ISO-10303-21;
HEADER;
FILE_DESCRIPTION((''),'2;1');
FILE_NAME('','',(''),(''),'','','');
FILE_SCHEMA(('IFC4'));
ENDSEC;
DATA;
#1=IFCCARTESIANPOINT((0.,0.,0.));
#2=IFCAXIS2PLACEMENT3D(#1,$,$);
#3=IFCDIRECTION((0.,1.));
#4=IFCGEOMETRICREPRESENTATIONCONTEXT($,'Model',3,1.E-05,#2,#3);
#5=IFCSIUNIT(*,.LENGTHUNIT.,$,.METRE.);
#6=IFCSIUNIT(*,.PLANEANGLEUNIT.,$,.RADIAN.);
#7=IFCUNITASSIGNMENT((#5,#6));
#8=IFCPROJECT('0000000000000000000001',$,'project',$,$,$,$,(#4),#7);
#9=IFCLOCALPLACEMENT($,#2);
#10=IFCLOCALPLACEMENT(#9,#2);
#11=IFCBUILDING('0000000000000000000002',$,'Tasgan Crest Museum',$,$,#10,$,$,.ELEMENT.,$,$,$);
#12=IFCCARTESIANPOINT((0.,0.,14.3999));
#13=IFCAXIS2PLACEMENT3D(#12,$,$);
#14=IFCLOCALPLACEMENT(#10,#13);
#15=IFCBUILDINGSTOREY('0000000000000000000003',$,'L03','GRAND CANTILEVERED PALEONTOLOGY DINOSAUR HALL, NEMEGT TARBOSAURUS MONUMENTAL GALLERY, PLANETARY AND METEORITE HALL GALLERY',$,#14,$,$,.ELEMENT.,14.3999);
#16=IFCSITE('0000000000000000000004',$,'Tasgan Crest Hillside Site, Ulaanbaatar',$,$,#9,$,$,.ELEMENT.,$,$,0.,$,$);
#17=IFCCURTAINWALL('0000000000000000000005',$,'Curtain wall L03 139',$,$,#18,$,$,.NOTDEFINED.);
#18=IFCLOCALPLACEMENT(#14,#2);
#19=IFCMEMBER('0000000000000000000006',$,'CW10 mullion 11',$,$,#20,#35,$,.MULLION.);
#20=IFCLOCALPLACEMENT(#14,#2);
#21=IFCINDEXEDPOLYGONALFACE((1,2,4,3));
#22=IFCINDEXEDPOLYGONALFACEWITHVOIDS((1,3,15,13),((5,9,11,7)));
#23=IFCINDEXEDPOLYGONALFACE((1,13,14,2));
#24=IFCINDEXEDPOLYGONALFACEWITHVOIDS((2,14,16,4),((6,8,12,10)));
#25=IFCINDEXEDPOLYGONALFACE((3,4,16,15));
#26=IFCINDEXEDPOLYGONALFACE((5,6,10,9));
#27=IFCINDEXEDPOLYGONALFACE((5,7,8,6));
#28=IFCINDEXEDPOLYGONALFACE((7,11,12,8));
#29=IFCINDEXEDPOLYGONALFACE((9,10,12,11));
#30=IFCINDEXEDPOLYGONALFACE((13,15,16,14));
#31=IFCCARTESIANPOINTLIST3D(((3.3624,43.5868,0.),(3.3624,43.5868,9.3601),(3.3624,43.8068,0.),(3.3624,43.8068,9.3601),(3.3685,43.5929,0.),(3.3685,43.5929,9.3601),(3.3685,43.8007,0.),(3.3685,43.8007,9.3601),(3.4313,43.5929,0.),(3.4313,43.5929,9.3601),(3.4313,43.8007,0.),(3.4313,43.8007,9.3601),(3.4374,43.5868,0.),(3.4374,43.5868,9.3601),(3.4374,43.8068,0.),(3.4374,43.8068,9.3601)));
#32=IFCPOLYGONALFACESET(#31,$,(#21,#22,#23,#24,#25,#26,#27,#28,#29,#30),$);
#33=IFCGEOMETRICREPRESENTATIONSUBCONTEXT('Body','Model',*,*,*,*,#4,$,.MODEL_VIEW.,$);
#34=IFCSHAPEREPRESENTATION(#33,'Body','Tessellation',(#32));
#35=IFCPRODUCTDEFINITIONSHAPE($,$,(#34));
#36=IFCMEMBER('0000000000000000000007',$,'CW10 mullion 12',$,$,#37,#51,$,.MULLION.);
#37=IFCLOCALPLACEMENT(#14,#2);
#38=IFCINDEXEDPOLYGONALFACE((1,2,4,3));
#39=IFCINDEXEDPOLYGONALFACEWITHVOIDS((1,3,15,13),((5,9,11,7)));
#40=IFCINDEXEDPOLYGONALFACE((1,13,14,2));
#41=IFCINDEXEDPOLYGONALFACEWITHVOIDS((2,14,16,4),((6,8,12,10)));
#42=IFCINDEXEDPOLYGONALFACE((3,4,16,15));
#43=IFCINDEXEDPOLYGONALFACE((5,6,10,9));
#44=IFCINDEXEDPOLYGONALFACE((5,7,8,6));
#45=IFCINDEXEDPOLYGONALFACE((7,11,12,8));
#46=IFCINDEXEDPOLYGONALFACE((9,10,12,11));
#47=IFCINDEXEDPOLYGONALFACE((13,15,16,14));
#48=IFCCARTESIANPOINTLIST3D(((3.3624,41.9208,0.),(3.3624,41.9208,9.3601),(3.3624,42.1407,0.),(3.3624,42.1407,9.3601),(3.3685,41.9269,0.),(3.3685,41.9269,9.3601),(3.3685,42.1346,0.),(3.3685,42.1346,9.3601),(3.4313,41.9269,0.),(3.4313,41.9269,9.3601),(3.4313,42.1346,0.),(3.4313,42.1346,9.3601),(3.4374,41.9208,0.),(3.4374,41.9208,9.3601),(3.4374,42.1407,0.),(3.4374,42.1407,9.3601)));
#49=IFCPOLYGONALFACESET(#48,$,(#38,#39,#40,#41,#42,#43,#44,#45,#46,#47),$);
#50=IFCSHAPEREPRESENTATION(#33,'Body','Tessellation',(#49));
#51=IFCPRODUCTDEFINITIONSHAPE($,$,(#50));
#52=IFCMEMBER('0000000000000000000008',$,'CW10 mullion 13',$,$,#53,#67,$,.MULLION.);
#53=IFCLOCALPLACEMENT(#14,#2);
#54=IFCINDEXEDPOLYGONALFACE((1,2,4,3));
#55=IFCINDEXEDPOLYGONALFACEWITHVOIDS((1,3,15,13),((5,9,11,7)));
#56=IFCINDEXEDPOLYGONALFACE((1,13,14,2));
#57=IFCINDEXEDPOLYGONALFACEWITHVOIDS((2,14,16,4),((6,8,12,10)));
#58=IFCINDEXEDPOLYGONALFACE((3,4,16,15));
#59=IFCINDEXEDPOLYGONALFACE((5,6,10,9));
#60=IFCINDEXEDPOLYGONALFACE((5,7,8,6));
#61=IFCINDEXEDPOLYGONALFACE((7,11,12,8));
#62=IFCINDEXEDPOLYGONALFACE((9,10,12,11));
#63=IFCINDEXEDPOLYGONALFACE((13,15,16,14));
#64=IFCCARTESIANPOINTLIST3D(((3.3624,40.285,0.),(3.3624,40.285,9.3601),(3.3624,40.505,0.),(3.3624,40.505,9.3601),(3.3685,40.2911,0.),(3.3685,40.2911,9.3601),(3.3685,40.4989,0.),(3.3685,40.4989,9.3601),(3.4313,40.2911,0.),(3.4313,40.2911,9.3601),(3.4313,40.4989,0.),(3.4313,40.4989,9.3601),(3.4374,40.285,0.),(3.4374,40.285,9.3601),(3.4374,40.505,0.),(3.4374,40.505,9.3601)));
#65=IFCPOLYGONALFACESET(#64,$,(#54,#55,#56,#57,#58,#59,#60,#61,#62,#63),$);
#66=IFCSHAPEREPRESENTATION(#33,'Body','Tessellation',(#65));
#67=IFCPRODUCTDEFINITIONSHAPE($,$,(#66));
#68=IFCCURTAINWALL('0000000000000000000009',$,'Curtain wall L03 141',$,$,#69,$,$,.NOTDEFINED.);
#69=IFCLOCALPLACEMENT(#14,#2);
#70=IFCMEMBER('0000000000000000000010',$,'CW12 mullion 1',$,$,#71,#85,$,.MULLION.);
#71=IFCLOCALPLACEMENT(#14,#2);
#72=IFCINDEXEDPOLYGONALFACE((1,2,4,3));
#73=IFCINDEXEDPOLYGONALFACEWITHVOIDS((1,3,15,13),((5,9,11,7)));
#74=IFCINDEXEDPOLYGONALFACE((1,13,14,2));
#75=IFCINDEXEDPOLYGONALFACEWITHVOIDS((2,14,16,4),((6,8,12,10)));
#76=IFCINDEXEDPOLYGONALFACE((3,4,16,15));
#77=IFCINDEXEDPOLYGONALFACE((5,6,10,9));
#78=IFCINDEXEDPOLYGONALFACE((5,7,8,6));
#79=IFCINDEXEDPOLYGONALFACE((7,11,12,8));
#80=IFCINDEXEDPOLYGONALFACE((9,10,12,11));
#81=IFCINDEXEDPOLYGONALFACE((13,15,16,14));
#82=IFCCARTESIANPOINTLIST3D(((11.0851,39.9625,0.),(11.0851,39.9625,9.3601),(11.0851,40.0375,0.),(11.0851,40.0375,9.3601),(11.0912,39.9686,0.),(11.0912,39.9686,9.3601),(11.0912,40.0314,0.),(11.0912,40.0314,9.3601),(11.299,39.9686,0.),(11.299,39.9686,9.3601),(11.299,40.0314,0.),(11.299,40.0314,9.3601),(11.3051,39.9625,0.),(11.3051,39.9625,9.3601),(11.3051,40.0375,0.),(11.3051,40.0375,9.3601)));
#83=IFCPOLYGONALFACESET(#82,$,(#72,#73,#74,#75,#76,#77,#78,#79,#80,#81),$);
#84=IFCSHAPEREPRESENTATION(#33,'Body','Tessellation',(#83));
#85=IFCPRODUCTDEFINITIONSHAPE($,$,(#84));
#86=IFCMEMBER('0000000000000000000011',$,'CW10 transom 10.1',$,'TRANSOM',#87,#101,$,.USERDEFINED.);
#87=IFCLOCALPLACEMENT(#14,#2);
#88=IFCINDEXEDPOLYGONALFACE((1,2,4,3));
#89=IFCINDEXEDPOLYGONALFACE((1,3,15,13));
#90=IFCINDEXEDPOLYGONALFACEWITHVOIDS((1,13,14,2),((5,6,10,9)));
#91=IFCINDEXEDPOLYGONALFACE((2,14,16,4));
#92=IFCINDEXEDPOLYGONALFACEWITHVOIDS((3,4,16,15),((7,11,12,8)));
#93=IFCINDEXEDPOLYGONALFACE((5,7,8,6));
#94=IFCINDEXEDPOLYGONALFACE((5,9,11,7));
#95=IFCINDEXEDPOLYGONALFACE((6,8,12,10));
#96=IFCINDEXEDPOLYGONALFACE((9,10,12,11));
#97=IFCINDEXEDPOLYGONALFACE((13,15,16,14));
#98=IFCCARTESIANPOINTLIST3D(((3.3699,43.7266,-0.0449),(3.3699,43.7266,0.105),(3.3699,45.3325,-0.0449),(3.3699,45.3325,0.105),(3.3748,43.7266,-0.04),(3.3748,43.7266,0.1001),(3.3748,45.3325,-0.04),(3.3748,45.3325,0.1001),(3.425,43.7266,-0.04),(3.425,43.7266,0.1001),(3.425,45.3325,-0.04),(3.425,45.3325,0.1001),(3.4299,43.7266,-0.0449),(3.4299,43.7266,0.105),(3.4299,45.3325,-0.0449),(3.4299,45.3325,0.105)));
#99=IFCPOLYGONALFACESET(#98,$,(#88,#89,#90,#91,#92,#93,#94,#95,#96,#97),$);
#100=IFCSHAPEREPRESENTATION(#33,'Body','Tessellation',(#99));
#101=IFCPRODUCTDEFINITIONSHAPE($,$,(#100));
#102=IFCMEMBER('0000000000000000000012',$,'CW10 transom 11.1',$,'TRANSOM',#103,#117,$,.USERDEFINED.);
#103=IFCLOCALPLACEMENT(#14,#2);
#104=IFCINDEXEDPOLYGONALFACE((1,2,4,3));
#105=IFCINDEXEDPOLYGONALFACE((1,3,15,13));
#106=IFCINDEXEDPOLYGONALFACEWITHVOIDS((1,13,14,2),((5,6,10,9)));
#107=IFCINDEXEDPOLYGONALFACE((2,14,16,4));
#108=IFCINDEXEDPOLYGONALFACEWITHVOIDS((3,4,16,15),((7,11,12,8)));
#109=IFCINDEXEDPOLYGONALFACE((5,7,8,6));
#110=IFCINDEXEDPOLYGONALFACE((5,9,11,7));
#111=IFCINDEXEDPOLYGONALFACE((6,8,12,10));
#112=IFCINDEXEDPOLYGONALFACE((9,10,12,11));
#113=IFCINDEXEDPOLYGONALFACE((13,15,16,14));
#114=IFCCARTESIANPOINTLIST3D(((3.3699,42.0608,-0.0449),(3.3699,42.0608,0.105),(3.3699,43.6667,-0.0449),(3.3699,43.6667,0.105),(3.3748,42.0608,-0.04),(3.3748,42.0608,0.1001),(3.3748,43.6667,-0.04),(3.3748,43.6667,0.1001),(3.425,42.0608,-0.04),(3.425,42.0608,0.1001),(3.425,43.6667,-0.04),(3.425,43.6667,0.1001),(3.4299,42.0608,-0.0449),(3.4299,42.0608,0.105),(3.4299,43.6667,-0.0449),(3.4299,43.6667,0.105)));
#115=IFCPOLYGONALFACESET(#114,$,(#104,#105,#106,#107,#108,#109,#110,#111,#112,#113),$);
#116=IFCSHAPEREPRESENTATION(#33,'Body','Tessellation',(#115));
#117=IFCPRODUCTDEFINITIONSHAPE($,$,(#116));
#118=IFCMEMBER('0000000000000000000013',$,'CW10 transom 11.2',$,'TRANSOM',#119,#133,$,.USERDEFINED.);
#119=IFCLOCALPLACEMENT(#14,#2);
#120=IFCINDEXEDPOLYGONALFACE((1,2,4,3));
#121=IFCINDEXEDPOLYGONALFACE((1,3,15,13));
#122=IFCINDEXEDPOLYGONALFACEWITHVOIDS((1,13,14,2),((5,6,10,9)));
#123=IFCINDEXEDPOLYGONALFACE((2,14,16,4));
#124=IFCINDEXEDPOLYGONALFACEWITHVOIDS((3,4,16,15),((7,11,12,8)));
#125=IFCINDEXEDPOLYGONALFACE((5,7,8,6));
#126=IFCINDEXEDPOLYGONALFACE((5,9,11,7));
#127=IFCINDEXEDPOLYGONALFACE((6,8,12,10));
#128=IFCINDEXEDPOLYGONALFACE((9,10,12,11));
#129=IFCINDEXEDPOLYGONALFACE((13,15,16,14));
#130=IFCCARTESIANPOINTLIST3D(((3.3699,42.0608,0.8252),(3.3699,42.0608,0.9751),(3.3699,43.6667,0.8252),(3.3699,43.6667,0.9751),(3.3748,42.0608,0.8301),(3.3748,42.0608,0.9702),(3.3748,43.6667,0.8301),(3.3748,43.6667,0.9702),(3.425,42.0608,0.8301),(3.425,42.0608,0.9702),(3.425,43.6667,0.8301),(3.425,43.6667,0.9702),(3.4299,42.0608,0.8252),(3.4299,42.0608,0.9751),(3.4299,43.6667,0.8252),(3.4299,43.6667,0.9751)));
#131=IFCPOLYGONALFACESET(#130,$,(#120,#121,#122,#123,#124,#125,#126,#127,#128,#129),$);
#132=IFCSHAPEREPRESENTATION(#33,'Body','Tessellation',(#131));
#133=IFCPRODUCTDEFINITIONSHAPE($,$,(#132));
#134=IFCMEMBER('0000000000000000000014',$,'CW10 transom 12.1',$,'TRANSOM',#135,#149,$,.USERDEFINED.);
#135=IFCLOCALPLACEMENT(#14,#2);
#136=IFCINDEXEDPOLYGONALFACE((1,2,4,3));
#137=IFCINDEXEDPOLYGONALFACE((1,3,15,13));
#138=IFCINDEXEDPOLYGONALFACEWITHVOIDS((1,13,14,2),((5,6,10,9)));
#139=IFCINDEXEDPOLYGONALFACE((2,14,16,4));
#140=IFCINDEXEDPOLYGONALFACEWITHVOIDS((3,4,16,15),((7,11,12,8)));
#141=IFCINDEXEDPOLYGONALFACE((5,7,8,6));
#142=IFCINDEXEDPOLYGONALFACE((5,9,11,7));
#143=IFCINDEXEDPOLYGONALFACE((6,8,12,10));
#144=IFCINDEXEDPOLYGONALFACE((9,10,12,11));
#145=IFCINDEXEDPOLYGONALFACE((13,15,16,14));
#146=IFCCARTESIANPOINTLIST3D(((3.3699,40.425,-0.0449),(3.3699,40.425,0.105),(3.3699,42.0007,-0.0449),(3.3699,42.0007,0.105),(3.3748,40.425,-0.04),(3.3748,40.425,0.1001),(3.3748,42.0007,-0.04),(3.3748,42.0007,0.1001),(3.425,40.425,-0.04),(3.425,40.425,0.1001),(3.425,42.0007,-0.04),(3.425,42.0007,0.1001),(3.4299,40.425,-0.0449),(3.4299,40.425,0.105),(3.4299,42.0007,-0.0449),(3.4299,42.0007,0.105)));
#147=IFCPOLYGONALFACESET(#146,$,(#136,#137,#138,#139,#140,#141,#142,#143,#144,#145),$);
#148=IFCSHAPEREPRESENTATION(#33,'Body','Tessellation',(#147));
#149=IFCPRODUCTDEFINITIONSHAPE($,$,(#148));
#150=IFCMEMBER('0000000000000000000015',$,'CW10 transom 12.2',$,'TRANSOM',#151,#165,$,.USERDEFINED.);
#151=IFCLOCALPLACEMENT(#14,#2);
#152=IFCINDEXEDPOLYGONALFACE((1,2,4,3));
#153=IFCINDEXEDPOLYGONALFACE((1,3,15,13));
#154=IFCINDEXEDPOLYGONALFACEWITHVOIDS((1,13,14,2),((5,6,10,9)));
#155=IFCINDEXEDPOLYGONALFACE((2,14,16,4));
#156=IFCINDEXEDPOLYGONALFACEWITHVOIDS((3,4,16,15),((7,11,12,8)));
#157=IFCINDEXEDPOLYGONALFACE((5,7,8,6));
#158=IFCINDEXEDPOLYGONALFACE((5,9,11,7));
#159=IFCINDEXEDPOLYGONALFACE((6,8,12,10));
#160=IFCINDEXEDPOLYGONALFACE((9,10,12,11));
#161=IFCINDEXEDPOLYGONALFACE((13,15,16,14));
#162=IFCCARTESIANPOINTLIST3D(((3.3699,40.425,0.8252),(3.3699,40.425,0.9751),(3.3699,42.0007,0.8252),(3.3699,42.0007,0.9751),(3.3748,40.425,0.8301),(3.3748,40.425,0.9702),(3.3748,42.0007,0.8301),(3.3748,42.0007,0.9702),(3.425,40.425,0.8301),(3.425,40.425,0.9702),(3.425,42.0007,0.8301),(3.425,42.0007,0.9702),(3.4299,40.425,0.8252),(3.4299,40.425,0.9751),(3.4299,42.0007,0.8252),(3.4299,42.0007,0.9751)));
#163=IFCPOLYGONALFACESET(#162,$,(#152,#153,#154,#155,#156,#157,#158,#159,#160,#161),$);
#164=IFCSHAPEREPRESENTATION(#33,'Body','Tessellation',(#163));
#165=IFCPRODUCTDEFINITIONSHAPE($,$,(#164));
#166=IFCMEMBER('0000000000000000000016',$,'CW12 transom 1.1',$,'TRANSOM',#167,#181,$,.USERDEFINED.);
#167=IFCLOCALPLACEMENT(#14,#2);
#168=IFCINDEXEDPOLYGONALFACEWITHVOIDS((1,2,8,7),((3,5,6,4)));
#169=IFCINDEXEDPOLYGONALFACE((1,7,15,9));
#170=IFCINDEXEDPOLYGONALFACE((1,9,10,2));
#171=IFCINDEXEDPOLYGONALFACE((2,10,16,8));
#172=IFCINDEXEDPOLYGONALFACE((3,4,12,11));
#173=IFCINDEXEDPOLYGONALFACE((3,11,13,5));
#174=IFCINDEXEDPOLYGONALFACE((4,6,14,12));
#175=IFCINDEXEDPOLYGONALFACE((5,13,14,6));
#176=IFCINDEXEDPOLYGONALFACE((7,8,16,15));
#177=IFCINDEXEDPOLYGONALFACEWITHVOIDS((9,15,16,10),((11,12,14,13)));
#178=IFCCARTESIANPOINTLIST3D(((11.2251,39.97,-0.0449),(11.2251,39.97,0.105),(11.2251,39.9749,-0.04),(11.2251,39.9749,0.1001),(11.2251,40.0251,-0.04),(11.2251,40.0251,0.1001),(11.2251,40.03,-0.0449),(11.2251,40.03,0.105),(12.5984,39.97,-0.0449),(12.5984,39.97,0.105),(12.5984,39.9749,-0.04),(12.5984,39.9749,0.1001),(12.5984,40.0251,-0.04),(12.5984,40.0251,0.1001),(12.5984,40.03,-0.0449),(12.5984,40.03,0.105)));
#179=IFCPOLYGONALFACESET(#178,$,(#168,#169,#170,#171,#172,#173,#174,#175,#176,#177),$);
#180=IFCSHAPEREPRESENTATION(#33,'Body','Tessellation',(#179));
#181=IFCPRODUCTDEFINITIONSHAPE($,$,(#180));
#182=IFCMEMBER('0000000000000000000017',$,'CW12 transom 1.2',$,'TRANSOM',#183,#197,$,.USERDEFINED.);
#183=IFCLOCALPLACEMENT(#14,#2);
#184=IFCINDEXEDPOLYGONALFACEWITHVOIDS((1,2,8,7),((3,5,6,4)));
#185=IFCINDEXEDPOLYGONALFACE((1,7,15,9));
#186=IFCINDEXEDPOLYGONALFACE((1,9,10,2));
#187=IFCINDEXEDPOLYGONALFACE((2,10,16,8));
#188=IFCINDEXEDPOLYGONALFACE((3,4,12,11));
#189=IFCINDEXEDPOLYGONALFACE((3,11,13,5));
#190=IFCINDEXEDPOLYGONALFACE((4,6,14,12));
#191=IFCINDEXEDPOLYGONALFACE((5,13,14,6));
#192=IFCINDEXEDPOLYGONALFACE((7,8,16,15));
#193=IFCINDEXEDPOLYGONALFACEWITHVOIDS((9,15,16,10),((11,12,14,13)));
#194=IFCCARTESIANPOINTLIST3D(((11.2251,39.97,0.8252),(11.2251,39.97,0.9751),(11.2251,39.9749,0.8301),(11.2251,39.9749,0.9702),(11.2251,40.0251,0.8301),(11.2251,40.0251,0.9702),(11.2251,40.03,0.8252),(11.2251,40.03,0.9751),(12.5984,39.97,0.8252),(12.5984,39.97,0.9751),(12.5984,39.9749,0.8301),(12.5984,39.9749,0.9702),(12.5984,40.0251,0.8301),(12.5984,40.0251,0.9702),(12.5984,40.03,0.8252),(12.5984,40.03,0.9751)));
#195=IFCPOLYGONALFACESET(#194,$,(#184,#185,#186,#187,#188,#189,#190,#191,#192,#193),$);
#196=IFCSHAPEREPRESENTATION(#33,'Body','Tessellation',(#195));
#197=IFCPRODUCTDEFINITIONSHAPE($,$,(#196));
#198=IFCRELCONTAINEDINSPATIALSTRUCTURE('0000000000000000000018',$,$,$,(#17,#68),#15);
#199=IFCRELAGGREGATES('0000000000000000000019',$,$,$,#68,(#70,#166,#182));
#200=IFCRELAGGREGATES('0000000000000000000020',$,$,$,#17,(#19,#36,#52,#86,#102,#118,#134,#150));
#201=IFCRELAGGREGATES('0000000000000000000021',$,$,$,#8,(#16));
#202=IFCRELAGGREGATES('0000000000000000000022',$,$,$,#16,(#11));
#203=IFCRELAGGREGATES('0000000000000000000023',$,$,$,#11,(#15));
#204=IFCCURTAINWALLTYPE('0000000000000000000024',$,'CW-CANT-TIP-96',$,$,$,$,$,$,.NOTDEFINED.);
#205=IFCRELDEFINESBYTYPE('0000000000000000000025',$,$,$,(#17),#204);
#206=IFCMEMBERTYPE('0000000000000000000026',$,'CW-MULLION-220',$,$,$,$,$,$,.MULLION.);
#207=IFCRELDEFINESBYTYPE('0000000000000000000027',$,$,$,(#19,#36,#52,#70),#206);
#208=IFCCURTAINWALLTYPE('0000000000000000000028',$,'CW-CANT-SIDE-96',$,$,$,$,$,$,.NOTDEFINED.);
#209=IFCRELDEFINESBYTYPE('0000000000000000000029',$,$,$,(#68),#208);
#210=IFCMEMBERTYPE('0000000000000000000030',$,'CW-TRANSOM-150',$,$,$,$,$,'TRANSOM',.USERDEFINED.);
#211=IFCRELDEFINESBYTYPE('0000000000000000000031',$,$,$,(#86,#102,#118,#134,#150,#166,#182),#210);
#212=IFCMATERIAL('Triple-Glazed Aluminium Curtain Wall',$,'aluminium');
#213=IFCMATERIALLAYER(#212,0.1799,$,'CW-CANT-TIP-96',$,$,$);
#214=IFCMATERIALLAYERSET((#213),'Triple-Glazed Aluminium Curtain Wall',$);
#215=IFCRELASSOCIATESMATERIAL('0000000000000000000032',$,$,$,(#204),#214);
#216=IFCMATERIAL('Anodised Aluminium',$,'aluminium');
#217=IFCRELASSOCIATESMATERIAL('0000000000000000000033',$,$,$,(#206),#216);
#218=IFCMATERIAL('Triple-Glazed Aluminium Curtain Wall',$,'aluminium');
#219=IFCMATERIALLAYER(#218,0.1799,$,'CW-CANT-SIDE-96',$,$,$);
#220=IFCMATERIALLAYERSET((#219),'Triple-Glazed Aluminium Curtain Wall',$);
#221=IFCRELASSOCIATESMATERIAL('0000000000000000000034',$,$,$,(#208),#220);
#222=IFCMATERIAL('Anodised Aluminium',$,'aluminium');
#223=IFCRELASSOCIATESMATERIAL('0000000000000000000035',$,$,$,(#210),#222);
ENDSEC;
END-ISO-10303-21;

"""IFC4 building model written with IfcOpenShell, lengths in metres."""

from ifc_helpers import new_model, si_unit, direction, frame, origin, origin_2d, place, context, subcontext, project, spatial, hollow_rectangle, extrude, material, layer, layer_set, material_profile, profile_set, type_object, element, aggregate, save


model = new_model("IFC4")

# Units and contexts
model_context = context("Model", 3, precision=1e-05, world=origin(), true_north=direction((0.0, 1.0)))
body_context = subcontext(model_context, "Body", "Model", "MODEL_VIEW")
ifc_project = project(units=[si_unit("LENGTHUNIT", "METRE"), si_unit("PLANEANGLEUNIT", "RADIAN")], contexts=[model_context])

# Site, building, storey
site_placement = place(None, origin())
site = spatial("IfcSite", under=ifc_project, at=site_placement, Name="Tasgan Crest Hillside Site, Ulaanbaatar", CompositionType="ELEMENT", RefElevation=0.0)
building_placement = place(site_placement, origin())
building = spatial("IfcBuilding", under=site, at=building_placement, Name="Tasgan Crest Museum", CompositionType="ELEMENT")
storey_placement = place(building_placement, frame((0.0, 0.0, 14.3999)))
storey = spatial("IfcBuildingStorey", under=building, at=storey_placement, Name="L03", Description="GRAND CANTILEVERED PALEONTOLOGY DINOSAUR HALL, NEMEGT TARBOSAURUS MONUMENTAL GALLERY, PLANETARY AND METEORITE HALL GALLERY", CompositionType="ELEMENT", Elevation=14.3999)

# Curtain wall, members
ifc_material_1 = material(Name="Triple-Glazed Aluminium Curtain Wall", Category="aluminium")
ifc_layer_1 = layer(ifc_material_1, 0.1799, Name="CW-CANT-TIP-96")
ifc_layer_set_1 = layer_set([ifc_layer_1], Name="Triple-Glazed Aluminium Curtain Wall")
curtain_wall_type_1 = type_object("IfcCurtainWallType", Name="CW-CANT-TIP-96", PredefinedType="NOTDEFINED", material=ifc_layer_set_1)
curtain_wall_1_placement = place(storey_placement, origin())
curtain_wall_1 = element("IfcCurtainWall", 1, at=curtain_wall_1_placement, inside=storey, type_object=curtain_wall_type_1, Name="Curtain wall L03 139", PredefinedType="NOTDEFINED")
ifc_material_2 = material(Name="Anodised Aluminium", Category="aluminium")
ifc_material_profile_1 = material_profile(ifc_material_2, hollow_rectangle(XDim=0.075, YDim=0.22, WallThickness=0.0061, at=origin_2d()), Name="ALU MULLION 220x75x6")
ifc_profile_set_1 = profile_set([ifc_material_profile_1], Name="Anodised Aluminium")
member_type_1 = type_object("IfcMemberType", Name="CW-MULLION-220", PredefinedType="MULLION", material=ifc_profile_set_1)
member_1_placement = place(storey_placement, frame((3.3999, 43.6968, 0.0), z_axis=(0.0, 0.0, 1.0), x_axis=(1.0, 0.0, 0.0)))
member_1 = element("IfcMember", 2, at=member_1_placement, type_object=member_type_1, Name="CW10 mullion 11", PredefinedType="MULLION", context=body_context, shape_type="SweptSolid", body=[
    extrude(hollow_rectangle(XDim=0.075, YDim=0.22, WallThickness=0.0061, at=origin_2d()), origin(), (0.0, 0.0, 1.0), 9.3601),
])
member_2_placement = place(storey_placement, frame((3.3999, 42.0308, 0.0), z_axis=(0.0, 0.0, 1.0), x_axis=(1.0, 0.0, 0.0)))
member_2 = element("IfcMember", 3, at=member_2_placement, type_object=member_type_1, Name="CW10 mullion 12", PredefinedType="MULLION", context=body_context, shape_type="SweptSolid", body=[
    extrude(hollow_rectangle(XDim=0.075, YDim=0.22, WallThickness=0.0061, at=origin_2d()), origin(), (0.0, 0.0, 1.0), 9.3601),
])
member_3_placement = place(storey_placement, frame((3.3999, 40.395, 0.0), z_axis=(0.0, 0.0, 1.0), x_axis=(1.0, 0.0, 0.0)))
member_3 = element("IfcMember", 4, at=member_3_placement, type_object=member_type_1, Name="CW10 mullion 13", PredefinedType="MULLION", context=body_context, shape_type="SweptSolid", body=[
    extrude(hollow_rectangle(XDim=0.075, YDim=0.22, WallThickness=0.0061, at=origin_2d()), origin(), (0.0, 0.0, 1.0), 9.3601),
])

# Curtain wall, member
ifc_material_3 = material(Name="Triple-Glazed Aluminium Curtain Wall", Category="aluminium")
ifc_layer_2 = layer(ifc_material_3, 0.1799, Name="CW-CANT-SIDE-96")
ifc_layer_set_2 = layer_set([ifc_layer_2], Name="Triple-Glazed Aluminium Curtain Wall")
curtain_wall_type_2 = type_object("IfcCurtainWallType", Name="CW-CANT-SIDE-96", PredefinedType="NOTDEFINED", material=ifc_layer_set_2)
curtain_wall_2_placement = place(storey_placement, origin())
curtain_wall_2 = element("IfcCurtainWall", 5, at=curtain_wall_2_placement, inside=storey, type_object=curtain_wall_type_2, Name="Curtain wall L03 141", PredefinedType="NOTDEFINED")
member_4_placement = place(storey_placement, frame((11.1951, 40.0, 0.0), z_axis=(0.0, 0.0, 1.0), x_axis=(0.0, 1.0, 0.0)))
member_4 = element("IfcMember", 6, at=member_4_placement, type_object=member_type_1, Name="CW12 mullion 1", PredefinedType="MULLION", context=body_context, shape_type="SweptSolid", body=[
    extrude(hollow_rectangle(XDim=0.075, YDim=0.22, WallThickness=0.0061, at=origin_2d()), origin(), (0.0, 0.0, 1.0), 9.3601),
])

# Members
ifc_material_4 = material(Name="Anodised Aluminium", Category="aluminium")
ifc_material_profile_2 = material_profile(ifc_material_4, hollow_rectangle(XDim=0.0601, YDim=0.1499, WallThickness=0.0049, at=origin_2d()), Name="ALU TRANSOM 150x60x5")
ifc_profile_set_2 = profile_set([ifc_material_profile_2], Name="Anodised Aluminium")
member_type_2 = type_object("IfcMemberType", Name="CW-TRANSOM-150", ElementType="TRANSOM", PredefinedType="USERDEFINED", material=ifc_profile_set_2)
member_5_placement = place(storey_placement, frame((3.3999, 45.3325, 0.03), z_axis=(0.0, -1.0, 0.0), x_axis=(1.0, 0.0, 0.0)))
member_5 = element("IfcMember", 7, at=member_5_placement, type_object=member_type_2, Name="CW10 transom 10.1", ObjectType="TRANSOM", PredefinedType="USERDEFINED", context=body_context, shape_type="SweptSolid", body=[
    extrude(hollow_rectangle(XDim=0.0601, YDim=0.1499, WallThickness=0.0049, at=origin_2d()), origin(), (0.0, 0.0, 1.0), 1.606),
])
member_6_placement = place(storey_placement, frame((3.3999, 43.6667, 0.03), z_axis=(0.0, -1.0, 0.0), x_axis=(1.0, 0.0, 0.0)))
member_6 = element("IfcMember", 8, at=member_6_placement, type_object=member_type_2, Name="CW10 transom 11.1", ObjectType="TRANSOM", PredefinedType="USERDEFINED", context=body_context, shape_type="SweptSolid", body=[
    extrude(hollow_rectangle(XDim=0.0601, YDim=0.1499, WallThickness=0.0049, at=origin_2d()), origin(), (0.0, 0.0, 1.0), 1.606),
])
member_7_placement = place(storey_placement, frame((3.3999, 43.6667, 0.9001), z_axis=(0.0, -1.0, 0.0), x_axis=(1.0, 0.0, 0.0)))
member_7 = element("IfcMember", 9, at=member_7_placement, type_object=member_type_2, Name="CW10 transom 11.2", ObjectType="TRANSOM", PredefinedType="USERDEFINED", context=body_context, shape_type="SweptSolid", body=[
    extrude(hollow_rectangle(XDim=0.0601, YDim=0.1499, WallThickness=0.0049, at=origin_2d()), origin(), (0.0, 0.0, 1.0), 1.606),
])
member_8_placement = place(storey_placement, frame((3.3999, 42.0007, 0.03), z_axis=(0.0, -1.0, 0.0), x_axis=(1.0, 0.0, 0.0)))
member_8 = element("IfcMember", 10, at=member_8_placement, type_object=member_type_2, Name="CW10 transom 12.1", ObjectType="TRANSOM", PredefinedType="USERDEFINED", context=body_context, shape_type="SweptSolid", body=[
    extrude(hollow_rectangle(XDim=0.0601, YDim=0.1499, WallThickness=0.0049, at=origin_2d()), origin(), (0.0, 0.0, 1.0), 1.5757),
])
member_9_placement = place(storey_placement, frame((3.3999, 42.0007, 0.9001), z_axis=(0.0, -1.0, 0.0), x_axis=(1.0, 0.0, 0.0)))
member_9 = element("IfcMember", 11, at=member_9_placement, type_object=member_type_2, Name="CW10 transom 12.2", ObjectType="TRANSOM", PredefinedType="USERDEFINED", context=body_context, shape_type="SweptSolid", body=[
    extrude(hollow_rectangle(XDim=0.0601, YDim=0.1499, WallThickness=0.0049, at=origin_2d()), origin(), (0.0, 0.0, 1.0), 1.5757),
])
member_10_placement = place(storey_placement, frame((11.2251, 40.0, 0.03), z_axis=(1.0, 0.0, 0.0), x_axis=(0.0, 1.0, 0.0)))
member_10 = element("IfcMember", 12, at=member_10_placement, type_object=member_type_2, Name="CW12 transom 1.1", ObjectType="TRANSOM", PredefinedType="USERDEFINED", context=body_context, shape_type="SweptSolid", body=[
    extrude(hollow_rectangle(XDim=0.0601, YDim=0.1499, WallThickness=0.0049, at=origin_2d()), origin(), (0.0, 0.0, 1.0), 1.3733),
])
member_11_placement = place(storey_placement, frame((11.2251, 40.0, 0.9001), z_axis=(1.0, 0.0, 0.0), x_axis=(0.0, 1.0, 0.0)))
member_11 = element("IfcMember", 13, at=member_11_placement, type_object=member_type_2, Name="CW12 transom 1.2", ObjectType="TRANSOM", PredefinedType="USERDEFINED", context=body_context, shape_type="SweptSolid", body=[
    extrude(hollow_rectangle(XDim=0.0601, YDim=0.1499, WallThickness=0.0049, at=origin_2d()), origin(), (0.0, 0.0, 1.0), 1.3733),
])
aggregate(curtain_wall_2, [member_4, member_10, member_11])

aggregate(curtain_wall_1, [member_1, member_2, member_3, member_5, member_6, member_7, member_8, member_9])

save(model, "model.ifc")
